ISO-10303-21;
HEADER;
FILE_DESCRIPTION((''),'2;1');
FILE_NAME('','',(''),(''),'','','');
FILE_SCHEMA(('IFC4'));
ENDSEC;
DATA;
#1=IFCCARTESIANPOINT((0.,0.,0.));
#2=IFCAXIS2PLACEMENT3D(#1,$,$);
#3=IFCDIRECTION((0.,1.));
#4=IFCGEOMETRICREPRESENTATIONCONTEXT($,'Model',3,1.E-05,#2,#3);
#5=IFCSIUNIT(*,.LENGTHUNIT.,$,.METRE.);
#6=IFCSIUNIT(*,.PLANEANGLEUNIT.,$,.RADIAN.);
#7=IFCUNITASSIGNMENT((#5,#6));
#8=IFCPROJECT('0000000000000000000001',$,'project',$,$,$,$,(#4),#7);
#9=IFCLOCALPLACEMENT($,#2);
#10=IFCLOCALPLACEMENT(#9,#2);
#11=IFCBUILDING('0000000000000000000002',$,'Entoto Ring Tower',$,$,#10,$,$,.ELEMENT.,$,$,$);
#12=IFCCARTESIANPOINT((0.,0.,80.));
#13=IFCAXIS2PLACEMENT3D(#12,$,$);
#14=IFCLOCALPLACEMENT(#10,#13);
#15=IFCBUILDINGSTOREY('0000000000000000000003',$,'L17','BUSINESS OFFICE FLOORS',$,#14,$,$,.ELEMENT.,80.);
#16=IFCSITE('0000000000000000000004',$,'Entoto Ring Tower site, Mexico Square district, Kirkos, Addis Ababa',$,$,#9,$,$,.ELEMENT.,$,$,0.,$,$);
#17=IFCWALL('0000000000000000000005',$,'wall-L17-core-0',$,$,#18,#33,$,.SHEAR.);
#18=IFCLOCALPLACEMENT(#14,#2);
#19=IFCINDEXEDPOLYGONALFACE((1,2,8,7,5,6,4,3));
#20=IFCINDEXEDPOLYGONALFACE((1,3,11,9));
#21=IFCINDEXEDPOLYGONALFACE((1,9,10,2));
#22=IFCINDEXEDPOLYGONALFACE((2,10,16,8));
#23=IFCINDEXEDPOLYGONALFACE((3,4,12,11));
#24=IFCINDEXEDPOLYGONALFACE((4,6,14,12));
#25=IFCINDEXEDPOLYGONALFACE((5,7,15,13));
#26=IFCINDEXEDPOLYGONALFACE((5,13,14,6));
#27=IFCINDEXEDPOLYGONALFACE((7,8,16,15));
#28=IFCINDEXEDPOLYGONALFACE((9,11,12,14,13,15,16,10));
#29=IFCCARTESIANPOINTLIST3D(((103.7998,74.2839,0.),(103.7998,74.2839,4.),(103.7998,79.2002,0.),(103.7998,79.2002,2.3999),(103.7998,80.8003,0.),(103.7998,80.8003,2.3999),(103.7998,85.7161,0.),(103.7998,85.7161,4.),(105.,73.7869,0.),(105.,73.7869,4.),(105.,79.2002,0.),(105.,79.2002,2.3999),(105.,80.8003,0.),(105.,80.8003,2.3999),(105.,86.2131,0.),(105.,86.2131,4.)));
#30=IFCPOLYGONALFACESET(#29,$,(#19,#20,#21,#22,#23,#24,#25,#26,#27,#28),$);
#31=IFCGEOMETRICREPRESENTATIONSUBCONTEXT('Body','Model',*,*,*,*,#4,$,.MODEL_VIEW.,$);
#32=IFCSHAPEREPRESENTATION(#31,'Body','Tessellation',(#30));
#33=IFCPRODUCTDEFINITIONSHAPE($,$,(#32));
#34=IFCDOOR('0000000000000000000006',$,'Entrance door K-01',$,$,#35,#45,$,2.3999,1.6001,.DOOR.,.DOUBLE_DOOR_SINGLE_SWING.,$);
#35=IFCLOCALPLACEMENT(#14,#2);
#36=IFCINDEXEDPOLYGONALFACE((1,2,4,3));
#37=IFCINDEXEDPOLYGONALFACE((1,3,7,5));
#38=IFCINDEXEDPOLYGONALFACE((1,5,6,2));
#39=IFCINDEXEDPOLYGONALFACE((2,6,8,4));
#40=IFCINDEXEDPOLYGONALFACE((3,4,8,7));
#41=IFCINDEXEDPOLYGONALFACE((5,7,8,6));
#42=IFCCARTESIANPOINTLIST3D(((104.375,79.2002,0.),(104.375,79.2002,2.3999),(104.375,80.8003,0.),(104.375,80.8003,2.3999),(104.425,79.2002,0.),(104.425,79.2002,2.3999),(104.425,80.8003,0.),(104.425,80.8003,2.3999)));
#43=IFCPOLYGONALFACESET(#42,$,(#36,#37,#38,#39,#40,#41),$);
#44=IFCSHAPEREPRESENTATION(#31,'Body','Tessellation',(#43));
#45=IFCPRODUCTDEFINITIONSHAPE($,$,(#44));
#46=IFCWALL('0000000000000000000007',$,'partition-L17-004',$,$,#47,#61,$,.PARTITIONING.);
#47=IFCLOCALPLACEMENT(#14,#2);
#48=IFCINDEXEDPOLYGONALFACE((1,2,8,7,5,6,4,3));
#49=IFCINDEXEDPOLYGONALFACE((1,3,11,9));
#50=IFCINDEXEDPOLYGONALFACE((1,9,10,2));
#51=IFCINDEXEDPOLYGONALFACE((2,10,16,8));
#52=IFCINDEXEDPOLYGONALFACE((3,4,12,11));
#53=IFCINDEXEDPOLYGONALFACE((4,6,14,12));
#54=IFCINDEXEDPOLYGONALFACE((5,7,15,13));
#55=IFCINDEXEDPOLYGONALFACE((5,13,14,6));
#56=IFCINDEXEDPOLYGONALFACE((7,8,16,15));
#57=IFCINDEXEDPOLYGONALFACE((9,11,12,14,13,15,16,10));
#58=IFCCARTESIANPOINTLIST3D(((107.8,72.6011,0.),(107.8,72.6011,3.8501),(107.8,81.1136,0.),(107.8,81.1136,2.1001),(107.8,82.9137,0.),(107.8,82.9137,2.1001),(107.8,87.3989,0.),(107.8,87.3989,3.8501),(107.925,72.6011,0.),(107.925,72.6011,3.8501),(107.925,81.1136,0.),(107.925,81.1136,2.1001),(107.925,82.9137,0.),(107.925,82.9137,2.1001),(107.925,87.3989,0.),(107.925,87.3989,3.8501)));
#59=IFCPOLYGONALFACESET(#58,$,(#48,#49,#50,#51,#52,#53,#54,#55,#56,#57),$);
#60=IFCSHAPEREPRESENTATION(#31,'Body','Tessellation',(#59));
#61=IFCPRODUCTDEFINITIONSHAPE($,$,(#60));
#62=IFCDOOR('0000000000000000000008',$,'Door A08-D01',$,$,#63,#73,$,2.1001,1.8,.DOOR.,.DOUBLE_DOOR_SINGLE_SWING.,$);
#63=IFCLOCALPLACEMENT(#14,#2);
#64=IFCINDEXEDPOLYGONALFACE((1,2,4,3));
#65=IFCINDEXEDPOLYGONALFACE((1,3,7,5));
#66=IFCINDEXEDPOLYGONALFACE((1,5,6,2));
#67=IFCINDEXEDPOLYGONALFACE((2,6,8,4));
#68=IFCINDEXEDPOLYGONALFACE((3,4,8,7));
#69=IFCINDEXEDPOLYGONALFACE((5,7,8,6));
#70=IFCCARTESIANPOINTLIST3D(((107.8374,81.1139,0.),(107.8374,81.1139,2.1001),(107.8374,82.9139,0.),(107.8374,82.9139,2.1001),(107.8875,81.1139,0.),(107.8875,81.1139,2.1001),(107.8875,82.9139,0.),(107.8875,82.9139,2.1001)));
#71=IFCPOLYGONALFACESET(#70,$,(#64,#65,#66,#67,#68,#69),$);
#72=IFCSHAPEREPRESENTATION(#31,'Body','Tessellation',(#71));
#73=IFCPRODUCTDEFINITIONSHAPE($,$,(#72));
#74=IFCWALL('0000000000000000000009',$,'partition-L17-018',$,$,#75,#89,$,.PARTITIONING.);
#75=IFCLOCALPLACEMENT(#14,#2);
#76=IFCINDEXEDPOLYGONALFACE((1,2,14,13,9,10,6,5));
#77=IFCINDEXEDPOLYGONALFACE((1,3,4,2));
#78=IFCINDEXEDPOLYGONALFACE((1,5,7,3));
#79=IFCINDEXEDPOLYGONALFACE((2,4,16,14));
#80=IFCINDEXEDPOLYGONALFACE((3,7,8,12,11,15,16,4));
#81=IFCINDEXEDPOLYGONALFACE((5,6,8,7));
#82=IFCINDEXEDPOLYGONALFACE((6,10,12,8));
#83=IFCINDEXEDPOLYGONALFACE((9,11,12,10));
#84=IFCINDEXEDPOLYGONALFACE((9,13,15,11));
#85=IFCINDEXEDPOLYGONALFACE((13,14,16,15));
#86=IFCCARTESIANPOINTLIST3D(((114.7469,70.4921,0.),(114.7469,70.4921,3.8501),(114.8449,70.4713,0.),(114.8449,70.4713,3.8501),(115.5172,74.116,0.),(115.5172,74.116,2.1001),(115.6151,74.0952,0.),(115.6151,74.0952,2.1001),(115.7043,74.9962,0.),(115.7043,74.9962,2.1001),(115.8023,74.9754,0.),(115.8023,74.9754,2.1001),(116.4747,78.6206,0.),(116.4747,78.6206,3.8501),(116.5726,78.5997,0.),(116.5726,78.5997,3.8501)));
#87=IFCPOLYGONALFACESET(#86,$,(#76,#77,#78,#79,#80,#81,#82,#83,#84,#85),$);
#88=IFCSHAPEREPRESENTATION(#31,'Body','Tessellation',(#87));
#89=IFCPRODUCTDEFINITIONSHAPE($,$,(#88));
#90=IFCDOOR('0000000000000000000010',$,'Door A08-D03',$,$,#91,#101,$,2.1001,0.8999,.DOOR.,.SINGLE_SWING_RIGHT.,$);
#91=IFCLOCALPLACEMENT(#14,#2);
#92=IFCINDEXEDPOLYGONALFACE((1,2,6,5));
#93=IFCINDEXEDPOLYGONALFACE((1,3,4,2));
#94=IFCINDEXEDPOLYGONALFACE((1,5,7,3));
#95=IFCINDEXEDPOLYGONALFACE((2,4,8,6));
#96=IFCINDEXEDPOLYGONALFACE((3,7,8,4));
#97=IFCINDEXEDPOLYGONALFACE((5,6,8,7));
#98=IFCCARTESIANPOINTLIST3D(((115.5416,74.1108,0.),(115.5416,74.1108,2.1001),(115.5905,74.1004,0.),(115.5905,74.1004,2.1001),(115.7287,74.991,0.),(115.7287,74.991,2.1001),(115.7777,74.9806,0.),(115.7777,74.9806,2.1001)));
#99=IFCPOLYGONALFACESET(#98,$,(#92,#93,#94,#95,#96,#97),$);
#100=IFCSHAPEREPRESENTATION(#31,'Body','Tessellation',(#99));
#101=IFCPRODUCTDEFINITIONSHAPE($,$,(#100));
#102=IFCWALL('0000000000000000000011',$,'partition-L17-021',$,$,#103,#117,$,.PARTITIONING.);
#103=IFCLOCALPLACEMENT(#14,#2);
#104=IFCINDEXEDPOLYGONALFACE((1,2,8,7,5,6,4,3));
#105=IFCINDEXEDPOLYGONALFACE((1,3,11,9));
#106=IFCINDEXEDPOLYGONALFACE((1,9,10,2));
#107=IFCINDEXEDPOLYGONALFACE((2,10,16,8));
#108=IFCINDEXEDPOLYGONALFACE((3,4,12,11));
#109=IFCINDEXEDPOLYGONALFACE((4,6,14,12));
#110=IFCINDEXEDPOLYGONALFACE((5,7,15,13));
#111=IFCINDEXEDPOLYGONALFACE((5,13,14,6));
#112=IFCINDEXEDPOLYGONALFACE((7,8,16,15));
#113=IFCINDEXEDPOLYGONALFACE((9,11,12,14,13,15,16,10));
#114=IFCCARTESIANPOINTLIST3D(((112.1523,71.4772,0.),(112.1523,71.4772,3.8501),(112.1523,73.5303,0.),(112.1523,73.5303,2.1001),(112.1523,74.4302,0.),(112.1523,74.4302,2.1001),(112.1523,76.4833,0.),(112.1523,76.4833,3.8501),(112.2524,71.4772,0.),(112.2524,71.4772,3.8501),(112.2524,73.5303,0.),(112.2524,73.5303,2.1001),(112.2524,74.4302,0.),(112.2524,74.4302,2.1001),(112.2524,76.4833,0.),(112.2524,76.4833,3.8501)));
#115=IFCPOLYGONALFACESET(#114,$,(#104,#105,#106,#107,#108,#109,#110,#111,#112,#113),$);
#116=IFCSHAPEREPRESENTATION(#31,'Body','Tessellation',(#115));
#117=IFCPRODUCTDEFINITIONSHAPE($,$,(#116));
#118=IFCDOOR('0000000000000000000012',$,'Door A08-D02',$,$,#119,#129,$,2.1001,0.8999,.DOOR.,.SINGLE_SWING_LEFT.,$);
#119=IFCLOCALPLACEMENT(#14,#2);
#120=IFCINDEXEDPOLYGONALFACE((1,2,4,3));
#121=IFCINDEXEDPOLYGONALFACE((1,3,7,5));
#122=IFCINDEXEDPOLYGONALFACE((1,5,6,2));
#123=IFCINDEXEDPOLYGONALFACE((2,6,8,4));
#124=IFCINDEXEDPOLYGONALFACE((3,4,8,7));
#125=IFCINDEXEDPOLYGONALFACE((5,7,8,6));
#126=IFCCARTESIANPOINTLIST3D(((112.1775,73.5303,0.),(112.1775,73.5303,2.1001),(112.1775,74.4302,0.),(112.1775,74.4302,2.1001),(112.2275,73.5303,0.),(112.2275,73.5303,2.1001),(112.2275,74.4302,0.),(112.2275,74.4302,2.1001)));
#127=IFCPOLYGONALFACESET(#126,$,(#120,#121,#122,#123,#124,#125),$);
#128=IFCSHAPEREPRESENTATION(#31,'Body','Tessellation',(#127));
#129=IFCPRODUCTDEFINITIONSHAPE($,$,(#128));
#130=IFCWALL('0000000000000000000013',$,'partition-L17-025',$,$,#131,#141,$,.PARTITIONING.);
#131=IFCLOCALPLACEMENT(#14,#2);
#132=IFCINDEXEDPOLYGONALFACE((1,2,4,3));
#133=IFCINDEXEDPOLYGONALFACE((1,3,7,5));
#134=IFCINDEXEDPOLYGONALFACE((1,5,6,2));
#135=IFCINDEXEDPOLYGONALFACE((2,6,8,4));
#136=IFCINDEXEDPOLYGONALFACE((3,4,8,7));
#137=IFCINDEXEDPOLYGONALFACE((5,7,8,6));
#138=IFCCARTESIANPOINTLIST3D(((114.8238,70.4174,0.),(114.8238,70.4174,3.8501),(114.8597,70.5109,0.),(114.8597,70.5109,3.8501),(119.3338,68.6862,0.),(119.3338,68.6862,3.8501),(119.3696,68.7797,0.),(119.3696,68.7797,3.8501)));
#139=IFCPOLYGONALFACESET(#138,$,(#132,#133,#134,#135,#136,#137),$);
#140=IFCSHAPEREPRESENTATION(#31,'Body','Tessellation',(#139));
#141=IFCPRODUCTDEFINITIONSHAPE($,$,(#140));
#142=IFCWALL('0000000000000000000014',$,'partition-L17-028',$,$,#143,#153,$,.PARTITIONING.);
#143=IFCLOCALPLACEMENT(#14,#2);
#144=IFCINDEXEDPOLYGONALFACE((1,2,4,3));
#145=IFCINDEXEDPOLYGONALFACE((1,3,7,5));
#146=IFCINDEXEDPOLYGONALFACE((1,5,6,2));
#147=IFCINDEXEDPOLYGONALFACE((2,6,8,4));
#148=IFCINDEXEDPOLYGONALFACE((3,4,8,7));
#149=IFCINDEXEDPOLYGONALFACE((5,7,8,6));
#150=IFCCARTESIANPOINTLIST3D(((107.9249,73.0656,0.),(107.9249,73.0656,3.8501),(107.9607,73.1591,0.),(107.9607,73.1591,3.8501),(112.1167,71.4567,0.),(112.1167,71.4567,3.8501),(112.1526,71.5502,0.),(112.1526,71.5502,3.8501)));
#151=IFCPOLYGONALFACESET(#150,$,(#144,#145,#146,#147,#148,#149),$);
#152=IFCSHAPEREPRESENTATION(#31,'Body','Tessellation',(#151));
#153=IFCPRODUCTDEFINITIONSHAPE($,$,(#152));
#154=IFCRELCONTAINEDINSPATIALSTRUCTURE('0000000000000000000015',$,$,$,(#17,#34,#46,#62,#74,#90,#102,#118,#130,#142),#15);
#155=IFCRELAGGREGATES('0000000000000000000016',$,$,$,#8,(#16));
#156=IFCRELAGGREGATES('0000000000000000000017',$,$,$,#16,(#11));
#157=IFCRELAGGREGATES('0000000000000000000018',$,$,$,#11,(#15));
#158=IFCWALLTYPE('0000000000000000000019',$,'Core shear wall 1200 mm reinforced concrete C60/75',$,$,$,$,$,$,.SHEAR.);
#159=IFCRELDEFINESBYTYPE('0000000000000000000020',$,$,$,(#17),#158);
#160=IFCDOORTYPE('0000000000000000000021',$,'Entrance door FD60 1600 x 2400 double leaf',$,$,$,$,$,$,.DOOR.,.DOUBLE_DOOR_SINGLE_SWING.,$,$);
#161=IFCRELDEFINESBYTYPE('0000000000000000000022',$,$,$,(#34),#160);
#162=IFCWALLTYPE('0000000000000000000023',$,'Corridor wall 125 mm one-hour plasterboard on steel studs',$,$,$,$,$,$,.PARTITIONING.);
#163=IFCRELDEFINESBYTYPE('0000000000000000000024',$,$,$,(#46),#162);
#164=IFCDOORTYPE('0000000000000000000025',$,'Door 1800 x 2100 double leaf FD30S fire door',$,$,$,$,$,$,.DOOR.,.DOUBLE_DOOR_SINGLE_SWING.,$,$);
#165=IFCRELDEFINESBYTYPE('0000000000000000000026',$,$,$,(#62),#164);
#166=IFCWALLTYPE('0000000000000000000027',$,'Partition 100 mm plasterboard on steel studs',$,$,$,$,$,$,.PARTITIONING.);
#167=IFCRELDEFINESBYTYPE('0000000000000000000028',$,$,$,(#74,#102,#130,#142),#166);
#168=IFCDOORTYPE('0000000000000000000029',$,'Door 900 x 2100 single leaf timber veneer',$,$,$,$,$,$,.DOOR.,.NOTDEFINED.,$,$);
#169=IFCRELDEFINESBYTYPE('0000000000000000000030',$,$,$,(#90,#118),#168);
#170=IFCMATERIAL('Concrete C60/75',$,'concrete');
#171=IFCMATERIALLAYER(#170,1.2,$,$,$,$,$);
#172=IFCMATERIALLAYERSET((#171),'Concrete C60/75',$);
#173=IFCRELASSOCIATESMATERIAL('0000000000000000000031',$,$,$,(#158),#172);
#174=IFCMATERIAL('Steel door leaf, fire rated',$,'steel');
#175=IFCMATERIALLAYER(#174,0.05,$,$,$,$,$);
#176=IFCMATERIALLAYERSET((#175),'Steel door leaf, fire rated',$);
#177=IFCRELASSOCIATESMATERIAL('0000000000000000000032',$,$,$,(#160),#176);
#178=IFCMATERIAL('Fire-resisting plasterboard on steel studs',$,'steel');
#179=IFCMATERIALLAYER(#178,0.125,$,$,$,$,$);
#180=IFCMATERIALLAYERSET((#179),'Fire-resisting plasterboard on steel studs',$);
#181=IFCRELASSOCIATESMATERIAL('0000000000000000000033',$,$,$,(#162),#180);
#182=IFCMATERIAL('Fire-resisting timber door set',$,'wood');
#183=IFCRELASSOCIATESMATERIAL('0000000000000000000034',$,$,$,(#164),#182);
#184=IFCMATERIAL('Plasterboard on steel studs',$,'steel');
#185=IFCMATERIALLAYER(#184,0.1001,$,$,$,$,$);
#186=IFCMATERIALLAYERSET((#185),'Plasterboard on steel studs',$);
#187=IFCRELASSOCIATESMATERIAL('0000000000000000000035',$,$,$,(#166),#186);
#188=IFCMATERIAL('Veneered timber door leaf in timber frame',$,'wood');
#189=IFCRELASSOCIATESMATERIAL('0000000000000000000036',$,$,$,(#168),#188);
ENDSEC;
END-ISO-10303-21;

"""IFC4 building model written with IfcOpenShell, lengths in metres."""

from ifc_helpers import new_model, si_unit, direction, frame, frame_2d, origin, place, context, subcontext, project, spatial, polyline, rectangle, outline, extrude, material, layer, layer_set, type_object, element, fill, save


model = new_model("IFC4")

# Units and contexts
model_context = context("Model", 3, precision=1e-05, world=origin(), true_north=direction((0.0, 1.0)))
body_context = subcontext(model_context, "Body", "Model", "MODEL_VIEW")
ifc_project = project(units=[si_unit("LENGTHUNIT", "METRE"), si_unit("PLANEANGLEUNIT", "RADIAN")], contexts=[model_context])

# Site, building, storey
site_placement = place(None, origin())
site = spatial("IfcSite", under=ifc_project, at=site_placement, Name="Entoto Ring Tower site, Mexico Square district, Kirkos, Addis Ababa", CompositionType="ELEMENT", RefElevation=0.0)
building_placement = place(site_placement, origin())
building = spatial("IfcBuilding", under=site, at=building_placement, Name="Entoto Ring Tower", CompositionType="ELEMENT")
storey_placement = place(building_placement, frame((0.0, 0.0, 80.0)))
storey = spatial("IfcBuildingStorey", under=building, at=storey_placement, Name="L17", Description="BUSINESS OFFICE FLOORS", CompositionType="ELEMENT", Elevation=80.0)

# Walls, openings, doors
ifc_material_1 = material(Name="Concrete C60/75", Category="concrete")
ifc_layer_1 = layer(ifc_material_1, 1.2)
ifc_layer_set_1 = layer_set([ifc_layer_1], Name="Concrete C60/75")
wall_type_1 = type_object("IfcWallType", Name="Core shear wall 1200 mm reinforced concrete C60/75", PredefinedType="SHEAR", material=ifc_layer_set_1)
wall_1_placement = place(storey_placement, frame((104.3999, 74.0354, 0.0), z_axis=(0.0, 0.0, 1.0), x_axis=(0.0, 1.0, 0.0)))
wall_1 = element("IfcWall", 1, at=wall_1_placement, inside=storey, type_object=wall_type_1, Name="wall-L17-core-0", PredefinedType="SHEAR", context=body_context, shape_type="SweptSolid", body=[
    extrude(outline(polyline([(-0.2485, -0.6001), (12.1777, -0.6001), (11.6807, 0.6001), (0.2485, 0.6001), (-0.2485, -0.6001)])), origin(), (0.0, 0.0, 1.0), 4.0),
])
opening_1_placement = place(wall_1_placement, frame((5.1648, 0.0, 0.0)))
opening_1 = element("IfcOpeningElement", 2, at=opening_1_placement, cuts=wall_1, PredefinedType="OPENING", context=body_context, shape_type="SweptSolid", body=[
    extrude(rectangle(XDim=1.6001, YDim=2.3999, at=frame_2d((0.8, 1.2))), frame((0.0, 0.6099, 0.0), z_axis=(0.0, -1.0, 0.0), x_axis=(1.0, 0.0, 0.0)), (0.0, 0.0, 1.0), 1.22),
])
ifc_material_2 = material(Name="Steel door leaf, fire rated", Category="steel")
ifc_layer_2 = layer(ifc_material_2, 0.05)
ifc_layer_set_2 = layer_set([ifc_layer_2], Name="Steel door leaf, fire rated")
door_type_1 = type_object("IfcDoorType", Name="Entrance door FD60 1600 x 2400 double leaf", OperationType="DOUBLE_DOOR_SINGLE_SWING", PredefinedType="DOOR", material=ifc_layer_set_2)
door_1_placement = place(opening_1_placement, origin())
door_1 = element("IfcDoor", 3, at=door_1_placement, inside=storey, type_object=door_type_1, Name="Entrance door K-01", OperationType="DOUBLE_DOOR_SINGLE_SWING", OverallHeight=2.3999, OverallWidth=1.6001, PredefinedType="DOOR", context=body_context, shape_type="SweptSolid", body=[
    extrude(rectangle(XDim=1.6001, YDim=2.3999, at=frame_2d((0.8, 1.2))), frame((0.0, 0.0249, 0.0), z_axis=(0.0, -1.0, 0.0), x_axis=(1.0, 0.0, 0.0)), (0.0, 0.0, 1.0), 0.05),
])
fill(opening_1, door_1)
ifc_material_3 = material(Name="Fire-resisting plasterboard on steel studs", Category="steel")
ifc_layer_3 = layer(ifc_material_3, 0.125)
ifc_layer_set_3 = layer_set([ifc_layer_3], Name="Fire-resisting plasterboard on steel studs")
wall_type_2 = type_object("IfcWallType", Name="Corridor wall 125 mm one-hour plasterboard on steel studs", PredefinedType="PARTITIONING", material=ifc_layer_set_3)
wall_2_placement = place(storey_placement, frame((107.8625, 72.6011, 0.0), z_axis=(0.0, 0.0, 1.0), x_axis=(0.0, 1.0, 0.0)))
wall_2 = element("IfcWall", 4, at=wall_2_placement, inside=storey, type_object=wall_type_2, Name="partition-L17-004", PredefinedType="PARTITIONING", context=body_context, shape_type="SweptSolid", body=[
    extrude(rectangle(XDim=14.7979, YDim=0.125, at=frame_2d((7.3989, 0.0))), origin(), (0.0, 0.0, 1.0), 3.8501),
])
opening_2_placement = place(wall_2_placement, frame((8.5127, 0.0, 0.0)))
opening_2 = element("IfcOpeningElement", 5, at=opening_2_placement, cuts=wall_2, PredefinedType="OPENING", context=body_context, shape_type="SweptSolid", body=[
    extrude(rectangle(XDim=1.8, YDim=2.1001, at=frame_2d((0.8999, 1.05))), frame((0.0, 0.0725, 0.0), z_axis=(0.0, -1.0, 0.0), x_axis=(1.0, 0.0, 0.0)), (0.0, 0.0, 1.0), 0.145),
])
ifc_material_4 = material(Name="Fire-resisting timber door set", Category="wood")
door_type_2 = type_object("IfcDoorType", Name="Door 1800 x 2100 double leaf FD30S fire door", OperationType="DOUBLE_DOOR_SINGLE_SWING", PredefinedType="DOOR", material=ifc_material_4)
door_2_placement = place(opening_2_placement, frame((1.8, 0.0, 0.0), z_axis=(0.0, 0.0, 1.0), x_axis=(-1.0, 0.0, 0.0)))
door_2 = element("IfcDoor", 6, at=door_2_placement, inside=storey, type_object=door_type_2, Name="Door A08-D01", OperationType="DOUBLE_DOOR_SINGLE_SWING", OverallHeight=2.1001, OverallWidth=1.8, PredefinedType="DOOR", context=body_context, shape_type="SweptSolid", body=[
    extrude(rectangle(XDim=1.8, YDim=2.1001, at=frame_2d((0.8999, 1.05))), frame((0.0, 0.0249, 0.0), z_axis=(0.0, -1.0, 0.0), x_axis=(1.0, 0.0, 0.0)), (0.0, 0.0, 1.0), 0.05),
])
fill(opening_2, door_2)
ifc_material_5 = material(Name="Plasterboard on steel studs", Category="steel")
ifc_layer_4 = layer(ifc_material_5, 0.1001)
ifc_layer_set_4 = layer_set([ifc_layer_4], Name="Plasterboard on steel studs")
wall_type_3 = type_object("IfcWallType", Name="Partition 100 mm plasterboard on steel studs", PredefinedType="PARTITIONING", material=ifc_layer_set_4)
wall_3_placement = place(storey_placement, frame((114.7959, 70.4817, 0.0), z_axis=(0.0, 0.0, 1.0), x_axis=(0.207916, 0.978147, 0.0)))
wall_3 = element("IfcWall", 7, at=wall_3_placement, inside=storey, type_object=wall_type_3, Name="partition-L17-018", PredefinedType="PARTITIONING", context=body_context, shape_type="SweptSolid", body=[
    extrude(rectangle(XDim=8.3101, YDim=0.1001, at=frame_2d((4.155, 0.0))), origin(), (0.0, 0.0, 1.0), 3.8501),
])
opening_3_placement = place(wall_3_placement, frame((3.7048, 0.0, 0.0)))
opening_3 = element("IfcOpeningElement", 8, at=opening_3_placement, cuts=wall_3, PredefinedType="OPENING", context=body_context, shape_type="SweptSolid", body=[
    extrude(rectangle(XDim=0.8999, YDim=2.1001, at=frame_2d((0.45, 1.05))), frame((0.0, 0.0601, 0.0), z_axis=(0.0, -1.0, 0.0), x_axis=(1.0, 0.0, 0.0)), (0.0, 0.0, 1.0), 0.1201),
])
ifc_material_6 = material(Name="Veneered timber door leaf in timber frame", Category="wood")
door_type_3 = type_object("IfcDoorType", Name="Door 900 x 2100 single leaf timber veneer", OperationType="NOTDEFINED", PredefinedType="DOOR", material=ifc_material_6)
door_3_placement = place(opening_3_placement, frame((0.8999, 0.0, 0.0), z_axis=(0.0, 0.0, 1.0), x_axis=(-1.0, 0.0, 0.0)))
door_3 = element("IfcDoor", 9, at=door_3_placement, inside=storey, type_object=door_type_3, Name="Door A08-D03", OperationType="SINGLE_SWING_RIGHT", OverallHeight=2.1001, OverallWidth=0.8999, PredefinedType="DOOR", context=body_context, shape_type="SweptSolid", body=[
    extrude(rectangle(XDim=0.8999, YDim=2.1001, at=frame_2d((0.45, 1.05))), frame((0.0, 0.0249, 0.0), z_axis=(0.0, -1.0, 0.0), x_axis=(1.0, 0.0, 0.0)), (0.0, 0.0, 1.0), 0.05),
])
fill(opening_3, door_3)
wall_4_placement = place(storey_placement, frame((112.2024, 71.4773, 0.0), z_axis=(0.0, 0.0, 1.0), x_axis=(0.0, 1.0, 0.0)))
wall_4 = element("IfcWall", 10, at=wall_4_placement, inside=storey, type_object=wall_type_3, Name="partition-L17-021", PredefinedType="PARTITIONING", context=body_context, shape_type="SweptSolid", body=[
    extrude(rectangle(XDim=5.0061, YDim=0.1001, at=frame_2d((2.5029, 0.0))), origin(), (0.0, 0.0, 1.0), 3.8501),
])
opening_4_placement = place(wall_4_placement, frame((2.053, 0.0, 0.0)))
opening_4 = element("IfcOpeningElement", 11, at=opening_4_placement, cuts=wall_4, PredefinedType="OPENING", context=body_context, shape_type="SweptSolid", body=[
    extrude(rectangle(XDim=0.8999, YDim=2.1001, at=frame_2d((0.45, 1.05))), frame((0.0, 0.0601, 0.0), z_axis=(0.0, -1.0, 0.0), x_axis=(1.0, 0.0, 0.0)), (0.0, 0.0, 1.0), 0.1201),
])
door_4_placement = place(opening_4_placement, origin())
door_4 = element("IfcDoor", 12, at=door_4_placement, inside=storey, type_object=door_type_3, Name="Door A08-D02", OperationType="SINGLE_SWING_LEFT", OverallHeight=2.1001, OverallWidth=0.8999, PredefinedType="DOOR", context=body_context, shape_type="SweptSolid", body=[
    extrude(rectangle(XDim=0.8999, YDim=2.1001, at=frame_2d((0.45, 1.05))), frame((0.0, 0.0249, 0.0), z_axis=(0.0, -1.0, 0.0), x_axis=(1.0, 0.0, 0.0)), (0.0, 0.0, 1.0), 0.05),
])
fill(opening_4, door_4)

# Walls
wall_5_placement = place(storey_placement, frame((119.3518, 68.7329, 0.0), z_axis=(0.0, 0.0, 1.0), x_axis=(-0.933582, 0.358363, 0.0)))
element("IfcWall", 13, at=wall_5_placement, inside=storey, type_object=wall_type_3, Name="partition-L17-025", PredefinedType="PARTITIONING", context=body_context, shape_type="SweptSolid", body=[
    extrude(rectangle(XDim=4.8308, YDim=0.1001, at=frame_2d((2.4155, 0.0))), origin(), (0.0, 0.0, 1.0), 3.8501),
])
wall_6_placement = place(storey_placement, frame((112.1348, 71.5034, 0.0), z_axis=(0.0, 0.0, 1.0), x_axis=(-0.933598, 0.358323, 0.0)))
element("IfcWall", 14, at=wall_6_placement, inside=storey, type_object=wall_type_3, Name="partition-L17-028", PredefinedType="PARTITIONING", context=body_context, shape_type="SweptSolid", body=[
    extrude(rectangle(XDim=4.49, YDim=0.1001, at=frame_2d((2.2451, 0.0))), origin(), (0.0, 0.0, 1.0), 3.8501),
])

save(model, "model.ifc")
